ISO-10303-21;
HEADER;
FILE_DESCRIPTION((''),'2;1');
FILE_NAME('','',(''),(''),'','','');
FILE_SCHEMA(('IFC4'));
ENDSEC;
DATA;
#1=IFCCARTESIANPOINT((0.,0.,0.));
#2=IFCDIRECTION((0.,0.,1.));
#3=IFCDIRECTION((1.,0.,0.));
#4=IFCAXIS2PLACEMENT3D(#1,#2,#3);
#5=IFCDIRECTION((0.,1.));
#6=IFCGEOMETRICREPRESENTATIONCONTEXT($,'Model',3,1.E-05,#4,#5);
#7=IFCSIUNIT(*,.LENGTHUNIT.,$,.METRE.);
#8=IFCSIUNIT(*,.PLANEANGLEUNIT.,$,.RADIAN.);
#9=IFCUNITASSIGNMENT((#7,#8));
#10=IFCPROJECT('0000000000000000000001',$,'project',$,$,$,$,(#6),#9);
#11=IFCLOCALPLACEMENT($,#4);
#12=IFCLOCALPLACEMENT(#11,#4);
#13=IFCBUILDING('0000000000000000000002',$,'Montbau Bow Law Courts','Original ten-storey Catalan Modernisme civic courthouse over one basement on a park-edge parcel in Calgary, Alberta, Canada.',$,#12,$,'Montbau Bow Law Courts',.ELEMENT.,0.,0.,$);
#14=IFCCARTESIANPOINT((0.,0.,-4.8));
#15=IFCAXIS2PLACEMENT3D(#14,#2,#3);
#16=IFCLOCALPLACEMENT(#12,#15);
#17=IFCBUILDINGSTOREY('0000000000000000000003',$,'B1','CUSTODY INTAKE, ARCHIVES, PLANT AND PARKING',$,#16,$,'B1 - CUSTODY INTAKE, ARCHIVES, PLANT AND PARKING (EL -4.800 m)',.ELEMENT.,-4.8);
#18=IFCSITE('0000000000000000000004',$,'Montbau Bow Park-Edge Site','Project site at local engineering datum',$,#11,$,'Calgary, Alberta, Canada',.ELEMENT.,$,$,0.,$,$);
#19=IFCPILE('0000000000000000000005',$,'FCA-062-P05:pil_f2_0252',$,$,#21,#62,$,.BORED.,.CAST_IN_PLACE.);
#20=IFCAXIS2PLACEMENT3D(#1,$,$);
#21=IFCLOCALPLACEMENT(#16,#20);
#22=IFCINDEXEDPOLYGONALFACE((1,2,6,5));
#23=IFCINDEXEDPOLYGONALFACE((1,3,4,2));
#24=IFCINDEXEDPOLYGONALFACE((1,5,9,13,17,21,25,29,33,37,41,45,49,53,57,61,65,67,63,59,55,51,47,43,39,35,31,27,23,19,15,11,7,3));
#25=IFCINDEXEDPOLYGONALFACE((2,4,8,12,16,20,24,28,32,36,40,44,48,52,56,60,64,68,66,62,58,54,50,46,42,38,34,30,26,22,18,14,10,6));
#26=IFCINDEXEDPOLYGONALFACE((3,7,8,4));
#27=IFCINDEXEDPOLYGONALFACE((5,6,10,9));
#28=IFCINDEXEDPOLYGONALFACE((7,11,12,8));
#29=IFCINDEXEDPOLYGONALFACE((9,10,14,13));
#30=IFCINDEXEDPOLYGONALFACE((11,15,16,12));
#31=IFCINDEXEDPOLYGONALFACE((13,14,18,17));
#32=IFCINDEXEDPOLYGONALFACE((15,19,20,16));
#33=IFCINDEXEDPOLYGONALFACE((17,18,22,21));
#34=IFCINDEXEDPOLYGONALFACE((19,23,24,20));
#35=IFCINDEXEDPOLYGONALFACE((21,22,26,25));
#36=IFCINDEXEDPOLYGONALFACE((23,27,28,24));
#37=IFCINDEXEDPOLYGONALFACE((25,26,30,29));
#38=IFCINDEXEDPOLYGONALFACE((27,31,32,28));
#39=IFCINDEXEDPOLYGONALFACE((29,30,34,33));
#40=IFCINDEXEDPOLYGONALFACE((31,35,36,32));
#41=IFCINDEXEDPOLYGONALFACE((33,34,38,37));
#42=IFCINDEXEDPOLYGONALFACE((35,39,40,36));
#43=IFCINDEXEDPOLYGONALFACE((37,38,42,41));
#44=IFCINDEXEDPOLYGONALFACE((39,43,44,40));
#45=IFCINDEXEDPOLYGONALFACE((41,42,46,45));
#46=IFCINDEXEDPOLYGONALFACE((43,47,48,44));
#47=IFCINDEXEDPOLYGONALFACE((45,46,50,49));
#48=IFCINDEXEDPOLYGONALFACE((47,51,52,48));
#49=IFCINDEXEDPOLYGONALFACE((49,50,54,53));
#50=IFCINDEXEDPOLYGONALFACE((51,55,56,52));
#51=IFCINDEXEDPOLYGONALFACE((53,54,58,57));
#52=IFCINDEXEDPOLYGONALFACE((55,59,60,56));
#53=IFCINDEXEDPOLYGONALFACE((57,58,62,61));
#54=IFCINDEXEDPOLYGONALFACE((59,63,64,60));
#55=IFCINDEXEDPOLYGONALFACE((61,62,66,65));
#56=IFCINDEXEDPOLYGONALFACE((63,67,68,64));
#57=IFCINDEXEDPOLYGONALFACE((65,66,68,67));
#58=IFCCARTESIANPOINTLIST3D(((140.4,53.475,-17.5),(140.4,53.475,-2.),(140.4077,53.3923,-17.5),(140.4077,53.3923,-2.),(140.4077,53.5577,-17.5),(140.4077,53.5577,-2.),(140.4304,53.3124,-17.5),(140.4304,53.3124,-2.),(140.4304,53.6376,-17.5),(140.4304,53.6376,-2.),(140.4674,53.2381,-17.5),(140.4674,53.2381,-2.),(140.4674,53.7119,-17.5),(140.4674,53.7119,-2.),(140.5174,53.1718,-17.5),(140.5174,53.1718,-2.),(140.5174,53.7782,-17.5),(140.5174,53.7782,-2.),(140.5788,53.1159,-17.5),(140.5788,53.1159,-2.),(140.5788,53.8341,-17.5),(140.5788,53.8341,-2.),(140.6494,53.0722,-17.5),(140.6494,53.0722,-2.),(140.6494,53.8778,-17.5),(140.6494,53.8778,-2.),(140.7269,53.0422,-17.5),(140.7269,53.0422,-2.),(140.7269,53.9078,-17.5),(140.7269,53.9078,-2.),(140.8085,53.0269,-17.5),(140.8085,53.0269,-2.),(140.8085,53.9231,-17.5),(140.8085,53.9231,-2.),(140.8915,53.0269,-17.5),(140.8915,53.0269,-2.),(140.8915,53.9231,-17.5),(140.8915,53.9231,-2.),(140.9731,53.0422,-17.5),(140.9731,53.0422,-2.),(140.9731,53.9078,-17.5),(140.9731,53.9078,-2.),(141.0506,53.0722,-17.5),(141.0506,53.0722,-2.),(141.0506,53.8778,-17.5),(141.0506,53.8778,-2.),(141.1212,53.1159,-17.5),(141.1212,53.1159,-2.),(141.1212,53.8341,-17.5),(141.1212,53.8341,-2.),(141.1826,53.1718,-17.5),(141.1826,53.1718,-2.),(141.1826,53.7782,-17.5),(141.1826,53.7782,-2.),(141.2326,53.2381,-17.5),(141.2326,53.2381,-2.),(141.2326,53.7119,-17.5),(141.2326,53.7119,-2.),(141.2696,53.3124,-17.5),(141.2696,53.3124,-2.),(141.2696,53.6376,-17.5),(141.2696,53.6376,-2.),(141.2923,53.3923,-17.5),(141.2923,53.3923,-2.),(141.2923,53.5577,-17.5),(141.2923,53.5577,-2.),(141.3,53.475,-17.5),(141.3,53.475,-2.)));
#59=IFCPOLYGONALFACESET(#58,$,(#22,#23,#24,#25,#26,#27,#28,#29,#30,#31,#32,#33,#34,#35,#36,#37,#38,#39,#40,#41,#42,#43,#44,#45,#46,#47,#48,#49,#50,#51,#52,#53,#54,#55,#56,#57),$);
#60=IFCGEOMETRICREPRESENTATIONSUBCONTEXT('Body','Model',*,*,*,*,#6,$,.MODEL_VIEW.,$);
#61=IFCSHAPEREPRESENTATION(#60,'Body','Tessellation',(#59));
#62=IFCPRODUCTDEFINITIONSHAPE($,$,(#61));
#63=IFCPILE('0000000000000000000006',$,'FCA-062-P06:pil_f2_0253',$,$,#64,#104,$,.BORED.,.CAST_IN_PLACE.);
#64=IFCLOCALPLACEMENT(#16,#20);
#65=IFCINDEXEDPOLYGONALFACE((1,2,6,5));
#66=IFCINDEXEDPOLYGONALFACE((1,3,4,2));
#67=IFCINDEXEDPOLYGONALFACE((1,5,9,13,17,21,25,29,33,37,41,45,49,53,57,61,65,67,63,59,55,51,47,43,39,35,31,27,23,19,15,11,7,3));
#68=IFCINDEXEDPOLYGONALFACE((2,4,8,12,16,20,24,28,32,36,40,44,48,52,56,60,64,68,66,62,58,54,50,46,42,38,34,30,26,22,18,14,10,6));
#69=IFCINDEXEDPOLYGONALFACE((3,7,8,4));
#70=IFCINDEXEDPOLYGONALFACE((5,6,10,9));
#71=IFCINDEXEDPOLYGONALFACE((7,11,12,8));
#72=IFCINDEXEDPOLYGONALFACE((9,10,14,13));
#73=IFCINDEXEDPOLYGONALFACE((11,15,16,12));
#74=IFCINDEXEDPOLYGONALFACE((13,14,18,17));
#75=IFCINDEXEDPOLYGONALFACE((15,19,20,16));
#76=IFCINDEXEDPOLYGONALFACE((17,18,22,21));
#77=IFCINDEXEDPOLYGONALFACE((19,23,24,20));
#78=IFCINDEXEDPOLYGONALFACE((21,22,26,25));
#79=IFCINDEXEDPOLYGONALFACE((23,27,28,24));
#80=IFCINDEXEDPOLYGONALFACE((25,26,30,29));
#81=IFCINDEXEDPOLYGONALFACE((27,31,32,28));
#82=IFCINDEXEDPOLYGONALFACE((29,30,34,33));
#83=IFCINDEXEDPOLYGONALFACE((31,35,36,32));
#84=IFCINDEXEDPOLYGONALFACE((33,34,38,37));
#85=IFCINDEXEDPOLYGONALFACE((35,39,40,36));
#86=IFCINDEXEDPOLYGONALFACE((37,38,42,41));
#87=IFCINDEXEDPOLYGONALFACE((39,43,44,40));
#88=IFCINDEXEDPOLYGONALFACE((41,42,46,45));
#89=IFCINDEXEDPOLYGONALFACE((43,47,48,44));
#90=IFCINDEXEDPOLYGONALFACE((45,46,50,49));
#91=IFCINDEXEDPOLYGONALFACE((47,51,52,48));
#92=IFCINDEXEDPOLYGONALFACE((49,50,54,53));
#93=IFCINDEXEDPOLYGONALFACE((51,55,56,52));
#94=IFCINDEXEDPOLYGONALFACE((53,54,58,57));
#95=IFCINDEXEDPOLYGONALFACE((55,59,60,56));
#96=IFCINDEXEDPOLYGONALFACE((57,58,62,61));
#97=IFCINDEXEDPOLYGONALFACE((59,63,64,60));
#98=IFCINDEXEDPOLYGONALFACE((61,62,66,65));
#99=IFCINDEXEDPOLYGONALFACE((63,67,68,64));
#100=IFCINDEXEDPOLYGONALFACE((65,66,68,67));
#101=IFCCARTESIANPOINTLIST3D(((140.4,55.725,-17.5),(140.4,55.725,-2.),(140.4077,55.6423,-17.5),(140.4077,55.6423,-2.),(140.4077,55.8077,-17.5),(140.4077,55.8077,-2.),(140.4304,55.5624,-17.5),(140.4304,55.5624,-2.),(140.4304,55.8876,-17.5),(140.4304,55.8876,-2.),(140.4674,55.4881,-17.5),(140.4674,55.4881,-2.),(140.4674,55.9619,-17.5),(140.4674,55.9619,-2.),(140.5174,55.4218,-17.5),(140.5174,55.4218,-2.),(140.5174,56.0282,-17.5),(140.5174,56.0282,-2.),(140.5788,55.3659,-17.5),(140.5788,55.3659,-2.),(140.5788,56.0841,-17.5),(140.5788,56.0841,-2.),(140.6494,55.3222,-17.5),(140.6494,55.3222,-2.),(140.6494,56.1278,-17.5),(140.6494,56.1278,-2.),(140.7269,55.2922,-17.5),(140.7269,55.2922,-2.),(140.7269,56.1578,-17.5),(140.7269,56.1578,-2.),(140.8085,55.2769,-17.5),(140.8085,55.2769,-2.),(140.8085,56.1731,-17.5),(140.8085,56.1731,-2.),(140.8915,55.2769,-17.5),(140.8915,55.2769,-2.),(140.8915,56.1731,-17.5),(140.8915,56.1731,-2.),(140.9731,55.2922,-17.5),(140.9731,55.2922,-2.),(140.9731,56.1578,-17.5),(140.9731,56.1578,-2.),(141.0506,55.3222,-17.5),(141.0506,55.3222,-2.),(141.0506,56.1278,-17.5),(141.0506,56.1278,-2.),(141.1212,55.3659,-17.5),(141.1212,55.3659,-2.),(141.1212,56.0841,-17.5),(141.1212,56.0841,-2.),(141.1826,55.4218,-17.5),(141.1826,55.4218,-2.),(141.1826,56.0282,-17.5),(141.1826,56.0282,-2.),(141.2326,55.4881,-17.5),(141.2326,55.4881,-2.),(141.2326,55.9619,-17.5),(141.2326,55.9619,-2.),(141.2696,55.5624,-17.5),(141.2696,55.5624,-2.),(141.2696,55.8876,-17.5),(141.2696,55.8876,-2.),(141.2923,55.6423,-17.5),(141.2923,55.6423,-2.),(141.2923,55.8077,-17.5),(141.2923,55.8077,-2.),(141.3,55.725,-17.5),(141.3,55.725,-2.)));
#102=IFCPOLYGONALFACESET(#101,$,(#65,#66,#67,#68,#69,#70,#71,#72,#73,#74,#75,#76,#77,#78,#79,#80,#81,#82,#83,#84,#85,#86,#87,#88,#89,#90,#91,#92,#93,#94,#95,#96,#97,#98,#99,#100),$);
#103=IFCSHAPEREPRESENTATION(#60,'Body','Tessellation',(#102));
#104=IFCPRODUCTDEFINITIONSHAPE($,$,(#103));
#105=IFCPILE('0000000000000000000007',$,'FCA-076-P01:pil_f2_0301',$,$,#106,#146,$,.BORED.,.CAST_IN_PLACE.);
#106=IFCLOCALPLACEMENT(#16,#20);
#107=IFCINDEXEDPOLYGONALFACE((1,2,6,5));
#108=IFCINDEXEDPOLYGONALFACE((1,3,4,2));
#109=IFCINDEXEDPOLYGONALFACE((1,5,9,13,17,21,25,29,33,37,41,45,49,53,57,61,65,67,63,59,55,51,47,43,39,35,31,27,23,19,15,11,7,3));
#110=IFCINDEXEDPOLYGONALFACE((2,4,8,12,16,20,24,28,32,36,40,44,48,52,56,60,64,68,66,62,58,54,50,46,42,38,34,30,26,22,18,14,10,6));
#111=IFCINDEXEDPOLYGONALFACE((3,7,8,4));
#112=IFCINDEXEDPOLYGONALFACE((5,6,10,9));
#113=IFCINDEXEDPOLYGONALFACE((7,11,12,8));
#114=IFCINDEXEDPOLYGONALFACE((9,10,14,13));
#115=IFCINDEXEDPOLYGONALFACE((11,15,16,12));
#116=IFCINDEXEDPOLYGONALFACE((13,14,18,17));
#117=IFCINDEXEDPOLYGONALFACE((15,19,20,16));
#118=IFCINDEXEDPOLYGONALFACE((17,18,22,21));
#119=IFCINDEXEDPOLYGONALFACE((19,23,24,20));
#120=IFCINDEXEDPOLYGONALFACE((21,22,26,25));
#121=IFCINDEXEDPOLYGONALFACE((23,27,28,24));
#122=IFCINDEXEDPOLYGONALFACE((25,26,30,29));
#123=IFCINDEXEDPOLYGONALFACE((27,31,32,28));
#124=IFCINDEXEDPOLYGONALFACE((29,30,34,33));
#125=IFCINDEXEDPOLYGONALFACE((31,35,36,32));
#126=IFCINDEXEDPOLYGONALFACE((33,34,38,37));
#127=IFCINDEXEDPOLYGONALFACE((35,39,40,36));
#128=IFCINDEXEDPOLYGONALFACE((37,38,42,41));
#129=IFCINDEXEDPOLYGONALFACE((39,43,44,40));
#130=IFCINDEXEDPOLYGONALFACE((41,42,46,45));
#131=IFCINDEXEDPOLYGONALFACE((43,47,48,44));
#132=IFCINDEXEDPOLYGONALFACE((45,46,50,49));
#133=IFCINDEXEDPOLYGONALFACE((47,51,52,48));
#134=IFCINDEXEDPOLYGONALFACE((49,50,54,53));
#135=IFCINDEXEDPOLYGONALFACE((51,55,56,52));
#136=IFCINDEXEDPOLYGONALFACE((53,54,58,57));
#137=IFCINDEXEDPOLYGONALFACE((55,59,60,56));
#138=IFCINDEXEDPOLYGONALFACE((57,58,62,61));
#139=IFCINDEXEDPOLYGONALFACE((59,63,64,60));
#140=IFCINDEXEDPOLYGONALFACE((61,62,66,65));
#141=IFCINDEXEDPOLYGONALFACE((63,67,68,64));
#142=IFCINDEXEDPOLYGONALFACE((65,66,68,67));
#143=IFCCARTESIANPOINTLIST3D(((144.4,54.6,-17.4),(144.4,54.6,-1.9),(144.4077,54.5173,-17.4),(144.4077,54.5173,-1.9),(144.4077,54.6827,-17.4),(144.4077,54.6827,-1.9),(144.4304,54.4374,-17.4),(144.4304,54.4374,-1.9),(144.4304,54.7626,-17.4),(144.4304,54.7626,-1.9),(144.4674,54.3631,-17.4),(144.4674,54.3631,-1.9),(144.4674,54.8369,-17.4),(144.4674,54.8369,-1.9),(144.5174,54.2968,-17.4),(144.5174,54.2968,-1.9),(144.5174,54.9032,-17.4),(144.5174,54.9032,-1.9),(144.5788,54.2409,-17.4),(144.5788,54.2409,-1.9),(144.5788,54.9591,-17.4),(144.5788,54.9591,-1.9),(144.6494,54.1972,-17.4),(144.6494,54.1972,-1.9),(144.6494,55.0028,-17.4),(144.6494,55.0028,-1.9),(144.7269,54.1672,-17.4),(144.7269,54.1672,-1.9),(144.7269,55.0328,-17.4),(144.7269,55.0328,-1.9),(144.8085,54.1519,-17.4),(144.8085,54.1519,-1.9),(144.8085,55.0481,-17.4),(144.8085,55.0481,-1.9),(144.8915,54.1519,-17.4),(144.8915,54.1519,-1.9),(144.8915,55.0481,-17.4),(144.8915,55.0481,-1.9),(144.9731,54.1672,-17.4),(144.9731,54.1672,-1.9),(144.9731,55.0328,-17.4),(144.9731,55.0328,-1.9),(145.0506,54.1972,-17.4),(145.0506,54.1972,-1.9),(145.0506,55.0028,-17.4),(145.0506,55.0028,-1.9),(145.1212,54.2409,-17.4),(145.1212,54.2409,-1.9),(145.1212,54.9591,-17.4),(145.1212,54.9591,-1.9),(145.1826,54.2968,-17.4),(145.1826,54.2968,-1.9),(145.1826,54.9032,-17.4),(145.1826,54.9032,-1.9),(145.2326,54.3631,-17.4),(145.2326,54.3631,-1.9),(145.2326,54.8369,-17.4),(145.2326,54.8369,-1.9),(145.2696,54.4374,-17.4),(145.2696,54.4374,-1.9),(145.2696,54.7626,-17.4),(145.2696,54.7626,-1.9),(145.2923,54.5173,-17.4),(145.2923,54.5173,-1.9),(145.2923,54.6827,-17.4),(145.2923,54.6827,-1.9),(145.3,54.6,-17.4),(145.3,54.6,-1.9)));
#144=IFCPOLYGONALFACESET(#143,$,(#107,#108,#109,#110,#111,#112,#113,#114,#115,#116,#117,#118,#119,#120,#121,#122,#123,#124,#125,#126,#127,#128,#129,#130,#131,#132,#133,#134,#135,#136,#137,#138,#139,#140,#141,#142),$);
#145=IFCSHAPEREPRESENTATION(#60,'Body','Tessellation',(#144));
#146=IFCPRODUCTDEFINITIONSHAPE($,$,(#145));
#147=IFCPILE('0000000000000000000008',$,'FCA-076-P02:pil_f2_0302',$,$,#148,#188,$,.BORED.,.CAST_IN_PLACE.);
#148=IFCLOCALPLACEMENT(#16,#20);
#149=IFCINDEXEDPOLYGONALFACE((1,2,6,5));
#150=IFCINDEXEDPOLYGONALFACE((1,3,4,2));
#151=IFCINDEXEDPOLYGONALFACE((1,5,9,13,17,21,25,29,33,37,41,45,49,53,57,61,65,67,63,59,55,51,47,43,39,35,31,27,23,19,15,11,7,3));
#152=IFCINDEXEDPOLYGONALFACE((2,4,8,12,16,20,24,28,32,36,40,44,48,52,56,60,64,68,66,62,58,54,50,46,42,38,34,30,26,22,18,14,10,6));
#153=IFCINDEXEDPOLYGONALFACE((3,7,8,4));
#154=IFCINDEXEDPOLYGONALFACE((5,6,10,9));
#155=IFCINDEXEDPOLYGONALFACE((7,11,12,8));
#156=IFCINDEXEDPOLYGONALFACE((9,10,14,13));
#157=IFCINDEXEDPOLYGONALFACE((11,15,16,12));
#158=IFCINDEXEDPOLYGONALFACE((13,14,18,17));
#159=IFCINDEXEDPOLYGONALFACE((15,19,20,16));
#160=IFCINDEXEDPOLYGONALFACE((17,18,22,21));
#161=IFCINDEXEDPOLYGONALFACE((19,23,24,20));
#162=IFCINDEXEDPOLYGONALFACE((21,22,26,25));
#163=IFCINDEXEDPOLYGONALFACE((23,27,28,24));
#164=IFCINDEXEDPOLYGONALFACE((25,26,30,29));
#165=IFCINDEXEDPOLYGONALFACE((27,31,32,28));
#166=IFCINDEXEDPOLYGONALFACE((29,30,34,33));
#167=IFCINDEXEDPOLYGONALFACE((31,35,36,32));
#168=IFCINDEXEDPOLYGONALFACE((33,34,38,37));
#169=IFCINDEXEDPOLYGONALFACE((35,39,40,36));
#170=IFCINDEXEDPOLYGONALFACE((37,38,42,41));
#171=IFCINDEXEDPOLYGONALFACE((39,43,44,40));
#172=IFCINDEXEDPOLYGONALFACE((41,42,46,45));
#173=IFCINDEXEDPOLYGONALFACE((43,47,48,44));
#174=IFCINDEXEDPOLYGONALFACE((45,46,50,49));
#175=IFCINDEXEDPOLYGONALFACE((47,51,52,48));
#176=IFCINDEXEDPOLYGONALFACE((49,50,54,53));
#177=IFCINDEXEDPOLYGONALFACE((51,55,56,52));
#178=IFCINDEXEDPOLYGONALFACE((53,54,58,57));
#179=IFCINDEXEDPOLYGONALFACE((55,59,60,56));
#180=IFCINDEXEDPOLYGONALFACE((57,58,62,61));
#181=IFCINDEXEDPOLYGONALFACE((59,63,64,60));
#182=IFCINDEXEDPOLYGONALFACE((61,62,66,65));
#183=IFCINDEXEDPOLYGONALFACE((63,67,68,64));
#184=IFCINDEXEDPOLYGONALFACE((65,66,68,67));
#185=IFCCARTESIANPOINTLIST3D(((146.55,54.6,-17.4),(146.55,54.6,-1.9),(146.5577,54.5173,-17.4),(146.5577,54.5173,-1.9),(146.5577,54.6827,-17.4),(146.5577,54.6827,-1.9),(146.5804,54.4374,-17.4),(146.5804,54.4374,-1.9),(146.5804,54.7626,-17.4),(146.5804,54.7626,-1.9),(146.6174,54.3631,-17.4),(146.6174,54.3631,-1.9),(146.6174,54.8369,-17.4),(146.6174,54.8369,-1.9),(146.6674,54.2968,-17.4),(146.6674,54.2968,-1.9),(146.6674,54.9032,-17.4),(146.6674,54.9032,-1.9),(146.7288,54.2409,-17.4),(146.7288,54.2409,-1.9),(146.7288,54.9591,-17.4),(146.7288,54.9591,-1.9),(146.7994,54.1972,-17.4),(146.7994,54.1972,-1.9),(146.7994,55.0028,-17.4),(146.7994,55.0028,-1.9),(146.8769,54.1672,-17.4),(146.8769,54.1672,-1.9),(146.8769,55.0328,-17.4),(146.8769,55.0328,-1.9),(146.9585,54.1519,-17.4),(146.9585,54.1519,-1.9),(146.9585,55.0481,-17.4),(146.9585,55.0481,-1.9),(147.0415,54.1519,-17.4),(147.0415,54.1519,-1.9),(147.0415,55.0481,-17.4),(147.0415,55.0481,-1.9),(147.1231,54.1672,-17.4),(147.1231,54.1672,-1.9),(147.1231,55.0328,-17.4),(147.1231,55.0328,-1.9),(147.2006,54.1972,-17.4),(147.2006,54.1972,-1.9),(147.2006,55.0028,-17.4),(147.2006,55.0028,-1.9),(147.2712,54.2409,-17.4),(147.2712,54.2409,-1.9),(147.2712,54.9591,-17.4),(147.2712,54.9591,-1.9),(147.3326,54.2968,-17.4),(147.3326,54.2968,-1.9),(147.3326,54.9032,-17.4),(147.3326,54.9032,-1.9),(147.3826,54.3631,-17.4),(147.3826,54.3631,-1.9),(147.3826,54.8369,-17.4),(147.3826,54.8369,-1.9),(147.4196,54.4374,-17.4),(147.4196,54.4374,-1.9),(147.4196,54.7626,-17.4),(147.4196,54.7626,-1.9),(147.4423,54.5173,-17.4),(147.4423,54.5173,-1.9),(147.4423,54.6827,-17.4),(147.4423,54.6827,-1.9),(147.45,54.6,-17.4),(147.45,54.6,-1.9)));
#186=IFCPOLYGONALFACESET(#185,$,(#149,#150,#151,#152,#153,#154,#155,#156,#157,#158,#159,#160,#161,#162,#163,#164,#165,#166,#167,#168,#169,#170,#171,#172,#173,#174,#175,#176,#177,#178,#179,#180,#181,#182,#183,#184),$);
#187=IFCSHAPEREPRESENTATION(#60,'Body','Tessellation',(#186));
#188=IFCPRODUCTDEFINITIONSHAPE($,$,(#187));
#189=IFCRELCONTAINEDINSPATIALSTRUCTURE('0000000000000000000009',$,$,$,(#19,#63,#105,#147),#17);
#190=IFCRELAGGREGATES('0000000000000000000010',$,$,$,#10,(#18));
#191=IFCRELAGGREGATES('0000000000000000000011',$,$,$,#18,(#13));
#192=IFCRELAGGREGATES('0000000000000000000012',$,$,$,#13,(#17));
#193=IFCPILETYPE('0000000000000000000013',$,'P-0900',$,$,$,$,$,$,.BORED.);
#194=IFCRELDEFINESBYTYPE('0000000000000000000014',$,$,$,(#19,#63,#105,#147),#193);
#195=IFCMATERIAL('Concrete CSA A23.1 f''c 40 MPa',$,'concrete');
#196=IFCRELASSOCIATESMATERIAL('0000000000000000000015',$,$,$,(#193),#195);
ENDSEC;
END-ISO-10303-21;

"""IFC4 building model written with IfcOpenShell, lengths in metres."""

from ifc_helpers import new_model, si_unit, direction, frame, origin_with_axes, origin_2d_with_axis, place, context, subcontext, project, spatial, circle, extrude, material, material_profile, profile_set, type_object, element, save


model = new_model("IFC4")

# Units and contexts
model_context = context("Model", 3, precision=1e-05, world=origin_with_axes(), true_north=direction((0.0, 1.0)))
body_context = subcontext(model_context, "Body", "Model", "MODEL_VIEW")
ifc_project = project(units=[si_unit("LENGTHUNIT", "METRE"), si_unit("PLANEANGLEUNIT", "RADIAN")], contexts=[model_context])

# Site, building, storey
site_placement = place(None, origin_with_axes())
site = spatial("IfcSite", under=ifc_project, at=site_placement, Name="Montbau Bow Park-Edge Site", Description="Project site at local engineering datum", LongName="Calgary, Alberta, Canada", CompositionType="ELEMENT", RefElevation=0.0)
building_placement = place(site_placement, origin_with_axes())
building = spatial("IfcBuilding", under=site, at=building_placement, Name="Montbau Bow Law Courts", Description="Original ten-storey Catalan Modernisme civic courthouse over one basement on a park-edge parcel in Calgary, Alberta, Canada.", LongName="Montbau Bow Law Courts", CompositionType="ELEMENT", ElevationOfRefHeight=0.0, ElevationOfTerrain=0.0)
storey_placement = place(building_placement, frame((0.0, 0.0, -4.8), z_axis=(0.0, 0.0, 1.0), x_axis=(1.0, 0.0, 0.0)))
storey = spatial("IfcBuildingStorey", under=building, at=storey_placement, Name="B1", Description="CUSTODY INTAKE, ARCHIVES, PLANT AND PARKING", LongName="B1 - CUSTODY INTAKE, ARCHIVES, PLANT AND PARKING (EL -4.800 m)", CompositionType="ELEMENT", Elevation=-4.8)

# Piles
ifc_material_1 = material(Name="Concrete CSA A23.1 f'c 40 MPa", Category="concrete")
ifc_material_profile_1 = material_profile(ifc_material_1, circle(Radius=0.45, at=origin_2d_with_axis()), Name="BP900", Category="Main", Priority=0)
ifc_profile_set_1 = profile_set([ifc_material_profile_1], Name="Concrete CSA A23.1 f'c 40 MPa")
pile_type_1 = type_object("IfcPileType", Name="P-0900", PredefinedType="BORED", material=ifc_profile_set_1)
for number, where, z_axis, x_axis, name in (
    (1, (140.85, 53.475, -22.3), (0.0, 0.0, 1.0), (1.0, 0.0, 0.0), "FCA-062-P05:pil_f2_0252"),
    (2, (140.85, 55.725, -22.3), (0.0, 0.0, 1.0), (1.0, 0.0, 0.0), "FCA-062-P06:pil_f2_0253"),
    (3, (144.85, 54.6, -22.2), (0.0, 0.0, 1.0), (1.0, 0.0, 0.0), "FCA-076-P01:pil_f2_0301"),
    (4, (147.0, 54.6, -22.2), (0.0, 0.0, 1.0), (1.0, 0.0, 0.0), "FCA-076-P02:pil_f2_0302"),
):
    element("IfcPile", number, at=place(None, frame(where, z_axis=z_axis, x_axis=x_axis)), inside=storey, type_object=pile_type_1, Name=name, ConstructionType="CAST_IN_PLACE", PredefinedType="BORED", context=body_context, shape_type="SweptSolid", body=[
        extrude(circle(Radius=0.45, at=origin_2d_with_axis()), origin_with_axes(), (0.0, 0.0, 1.0), 15.5),
    ])

save(model, "model.ifc")
